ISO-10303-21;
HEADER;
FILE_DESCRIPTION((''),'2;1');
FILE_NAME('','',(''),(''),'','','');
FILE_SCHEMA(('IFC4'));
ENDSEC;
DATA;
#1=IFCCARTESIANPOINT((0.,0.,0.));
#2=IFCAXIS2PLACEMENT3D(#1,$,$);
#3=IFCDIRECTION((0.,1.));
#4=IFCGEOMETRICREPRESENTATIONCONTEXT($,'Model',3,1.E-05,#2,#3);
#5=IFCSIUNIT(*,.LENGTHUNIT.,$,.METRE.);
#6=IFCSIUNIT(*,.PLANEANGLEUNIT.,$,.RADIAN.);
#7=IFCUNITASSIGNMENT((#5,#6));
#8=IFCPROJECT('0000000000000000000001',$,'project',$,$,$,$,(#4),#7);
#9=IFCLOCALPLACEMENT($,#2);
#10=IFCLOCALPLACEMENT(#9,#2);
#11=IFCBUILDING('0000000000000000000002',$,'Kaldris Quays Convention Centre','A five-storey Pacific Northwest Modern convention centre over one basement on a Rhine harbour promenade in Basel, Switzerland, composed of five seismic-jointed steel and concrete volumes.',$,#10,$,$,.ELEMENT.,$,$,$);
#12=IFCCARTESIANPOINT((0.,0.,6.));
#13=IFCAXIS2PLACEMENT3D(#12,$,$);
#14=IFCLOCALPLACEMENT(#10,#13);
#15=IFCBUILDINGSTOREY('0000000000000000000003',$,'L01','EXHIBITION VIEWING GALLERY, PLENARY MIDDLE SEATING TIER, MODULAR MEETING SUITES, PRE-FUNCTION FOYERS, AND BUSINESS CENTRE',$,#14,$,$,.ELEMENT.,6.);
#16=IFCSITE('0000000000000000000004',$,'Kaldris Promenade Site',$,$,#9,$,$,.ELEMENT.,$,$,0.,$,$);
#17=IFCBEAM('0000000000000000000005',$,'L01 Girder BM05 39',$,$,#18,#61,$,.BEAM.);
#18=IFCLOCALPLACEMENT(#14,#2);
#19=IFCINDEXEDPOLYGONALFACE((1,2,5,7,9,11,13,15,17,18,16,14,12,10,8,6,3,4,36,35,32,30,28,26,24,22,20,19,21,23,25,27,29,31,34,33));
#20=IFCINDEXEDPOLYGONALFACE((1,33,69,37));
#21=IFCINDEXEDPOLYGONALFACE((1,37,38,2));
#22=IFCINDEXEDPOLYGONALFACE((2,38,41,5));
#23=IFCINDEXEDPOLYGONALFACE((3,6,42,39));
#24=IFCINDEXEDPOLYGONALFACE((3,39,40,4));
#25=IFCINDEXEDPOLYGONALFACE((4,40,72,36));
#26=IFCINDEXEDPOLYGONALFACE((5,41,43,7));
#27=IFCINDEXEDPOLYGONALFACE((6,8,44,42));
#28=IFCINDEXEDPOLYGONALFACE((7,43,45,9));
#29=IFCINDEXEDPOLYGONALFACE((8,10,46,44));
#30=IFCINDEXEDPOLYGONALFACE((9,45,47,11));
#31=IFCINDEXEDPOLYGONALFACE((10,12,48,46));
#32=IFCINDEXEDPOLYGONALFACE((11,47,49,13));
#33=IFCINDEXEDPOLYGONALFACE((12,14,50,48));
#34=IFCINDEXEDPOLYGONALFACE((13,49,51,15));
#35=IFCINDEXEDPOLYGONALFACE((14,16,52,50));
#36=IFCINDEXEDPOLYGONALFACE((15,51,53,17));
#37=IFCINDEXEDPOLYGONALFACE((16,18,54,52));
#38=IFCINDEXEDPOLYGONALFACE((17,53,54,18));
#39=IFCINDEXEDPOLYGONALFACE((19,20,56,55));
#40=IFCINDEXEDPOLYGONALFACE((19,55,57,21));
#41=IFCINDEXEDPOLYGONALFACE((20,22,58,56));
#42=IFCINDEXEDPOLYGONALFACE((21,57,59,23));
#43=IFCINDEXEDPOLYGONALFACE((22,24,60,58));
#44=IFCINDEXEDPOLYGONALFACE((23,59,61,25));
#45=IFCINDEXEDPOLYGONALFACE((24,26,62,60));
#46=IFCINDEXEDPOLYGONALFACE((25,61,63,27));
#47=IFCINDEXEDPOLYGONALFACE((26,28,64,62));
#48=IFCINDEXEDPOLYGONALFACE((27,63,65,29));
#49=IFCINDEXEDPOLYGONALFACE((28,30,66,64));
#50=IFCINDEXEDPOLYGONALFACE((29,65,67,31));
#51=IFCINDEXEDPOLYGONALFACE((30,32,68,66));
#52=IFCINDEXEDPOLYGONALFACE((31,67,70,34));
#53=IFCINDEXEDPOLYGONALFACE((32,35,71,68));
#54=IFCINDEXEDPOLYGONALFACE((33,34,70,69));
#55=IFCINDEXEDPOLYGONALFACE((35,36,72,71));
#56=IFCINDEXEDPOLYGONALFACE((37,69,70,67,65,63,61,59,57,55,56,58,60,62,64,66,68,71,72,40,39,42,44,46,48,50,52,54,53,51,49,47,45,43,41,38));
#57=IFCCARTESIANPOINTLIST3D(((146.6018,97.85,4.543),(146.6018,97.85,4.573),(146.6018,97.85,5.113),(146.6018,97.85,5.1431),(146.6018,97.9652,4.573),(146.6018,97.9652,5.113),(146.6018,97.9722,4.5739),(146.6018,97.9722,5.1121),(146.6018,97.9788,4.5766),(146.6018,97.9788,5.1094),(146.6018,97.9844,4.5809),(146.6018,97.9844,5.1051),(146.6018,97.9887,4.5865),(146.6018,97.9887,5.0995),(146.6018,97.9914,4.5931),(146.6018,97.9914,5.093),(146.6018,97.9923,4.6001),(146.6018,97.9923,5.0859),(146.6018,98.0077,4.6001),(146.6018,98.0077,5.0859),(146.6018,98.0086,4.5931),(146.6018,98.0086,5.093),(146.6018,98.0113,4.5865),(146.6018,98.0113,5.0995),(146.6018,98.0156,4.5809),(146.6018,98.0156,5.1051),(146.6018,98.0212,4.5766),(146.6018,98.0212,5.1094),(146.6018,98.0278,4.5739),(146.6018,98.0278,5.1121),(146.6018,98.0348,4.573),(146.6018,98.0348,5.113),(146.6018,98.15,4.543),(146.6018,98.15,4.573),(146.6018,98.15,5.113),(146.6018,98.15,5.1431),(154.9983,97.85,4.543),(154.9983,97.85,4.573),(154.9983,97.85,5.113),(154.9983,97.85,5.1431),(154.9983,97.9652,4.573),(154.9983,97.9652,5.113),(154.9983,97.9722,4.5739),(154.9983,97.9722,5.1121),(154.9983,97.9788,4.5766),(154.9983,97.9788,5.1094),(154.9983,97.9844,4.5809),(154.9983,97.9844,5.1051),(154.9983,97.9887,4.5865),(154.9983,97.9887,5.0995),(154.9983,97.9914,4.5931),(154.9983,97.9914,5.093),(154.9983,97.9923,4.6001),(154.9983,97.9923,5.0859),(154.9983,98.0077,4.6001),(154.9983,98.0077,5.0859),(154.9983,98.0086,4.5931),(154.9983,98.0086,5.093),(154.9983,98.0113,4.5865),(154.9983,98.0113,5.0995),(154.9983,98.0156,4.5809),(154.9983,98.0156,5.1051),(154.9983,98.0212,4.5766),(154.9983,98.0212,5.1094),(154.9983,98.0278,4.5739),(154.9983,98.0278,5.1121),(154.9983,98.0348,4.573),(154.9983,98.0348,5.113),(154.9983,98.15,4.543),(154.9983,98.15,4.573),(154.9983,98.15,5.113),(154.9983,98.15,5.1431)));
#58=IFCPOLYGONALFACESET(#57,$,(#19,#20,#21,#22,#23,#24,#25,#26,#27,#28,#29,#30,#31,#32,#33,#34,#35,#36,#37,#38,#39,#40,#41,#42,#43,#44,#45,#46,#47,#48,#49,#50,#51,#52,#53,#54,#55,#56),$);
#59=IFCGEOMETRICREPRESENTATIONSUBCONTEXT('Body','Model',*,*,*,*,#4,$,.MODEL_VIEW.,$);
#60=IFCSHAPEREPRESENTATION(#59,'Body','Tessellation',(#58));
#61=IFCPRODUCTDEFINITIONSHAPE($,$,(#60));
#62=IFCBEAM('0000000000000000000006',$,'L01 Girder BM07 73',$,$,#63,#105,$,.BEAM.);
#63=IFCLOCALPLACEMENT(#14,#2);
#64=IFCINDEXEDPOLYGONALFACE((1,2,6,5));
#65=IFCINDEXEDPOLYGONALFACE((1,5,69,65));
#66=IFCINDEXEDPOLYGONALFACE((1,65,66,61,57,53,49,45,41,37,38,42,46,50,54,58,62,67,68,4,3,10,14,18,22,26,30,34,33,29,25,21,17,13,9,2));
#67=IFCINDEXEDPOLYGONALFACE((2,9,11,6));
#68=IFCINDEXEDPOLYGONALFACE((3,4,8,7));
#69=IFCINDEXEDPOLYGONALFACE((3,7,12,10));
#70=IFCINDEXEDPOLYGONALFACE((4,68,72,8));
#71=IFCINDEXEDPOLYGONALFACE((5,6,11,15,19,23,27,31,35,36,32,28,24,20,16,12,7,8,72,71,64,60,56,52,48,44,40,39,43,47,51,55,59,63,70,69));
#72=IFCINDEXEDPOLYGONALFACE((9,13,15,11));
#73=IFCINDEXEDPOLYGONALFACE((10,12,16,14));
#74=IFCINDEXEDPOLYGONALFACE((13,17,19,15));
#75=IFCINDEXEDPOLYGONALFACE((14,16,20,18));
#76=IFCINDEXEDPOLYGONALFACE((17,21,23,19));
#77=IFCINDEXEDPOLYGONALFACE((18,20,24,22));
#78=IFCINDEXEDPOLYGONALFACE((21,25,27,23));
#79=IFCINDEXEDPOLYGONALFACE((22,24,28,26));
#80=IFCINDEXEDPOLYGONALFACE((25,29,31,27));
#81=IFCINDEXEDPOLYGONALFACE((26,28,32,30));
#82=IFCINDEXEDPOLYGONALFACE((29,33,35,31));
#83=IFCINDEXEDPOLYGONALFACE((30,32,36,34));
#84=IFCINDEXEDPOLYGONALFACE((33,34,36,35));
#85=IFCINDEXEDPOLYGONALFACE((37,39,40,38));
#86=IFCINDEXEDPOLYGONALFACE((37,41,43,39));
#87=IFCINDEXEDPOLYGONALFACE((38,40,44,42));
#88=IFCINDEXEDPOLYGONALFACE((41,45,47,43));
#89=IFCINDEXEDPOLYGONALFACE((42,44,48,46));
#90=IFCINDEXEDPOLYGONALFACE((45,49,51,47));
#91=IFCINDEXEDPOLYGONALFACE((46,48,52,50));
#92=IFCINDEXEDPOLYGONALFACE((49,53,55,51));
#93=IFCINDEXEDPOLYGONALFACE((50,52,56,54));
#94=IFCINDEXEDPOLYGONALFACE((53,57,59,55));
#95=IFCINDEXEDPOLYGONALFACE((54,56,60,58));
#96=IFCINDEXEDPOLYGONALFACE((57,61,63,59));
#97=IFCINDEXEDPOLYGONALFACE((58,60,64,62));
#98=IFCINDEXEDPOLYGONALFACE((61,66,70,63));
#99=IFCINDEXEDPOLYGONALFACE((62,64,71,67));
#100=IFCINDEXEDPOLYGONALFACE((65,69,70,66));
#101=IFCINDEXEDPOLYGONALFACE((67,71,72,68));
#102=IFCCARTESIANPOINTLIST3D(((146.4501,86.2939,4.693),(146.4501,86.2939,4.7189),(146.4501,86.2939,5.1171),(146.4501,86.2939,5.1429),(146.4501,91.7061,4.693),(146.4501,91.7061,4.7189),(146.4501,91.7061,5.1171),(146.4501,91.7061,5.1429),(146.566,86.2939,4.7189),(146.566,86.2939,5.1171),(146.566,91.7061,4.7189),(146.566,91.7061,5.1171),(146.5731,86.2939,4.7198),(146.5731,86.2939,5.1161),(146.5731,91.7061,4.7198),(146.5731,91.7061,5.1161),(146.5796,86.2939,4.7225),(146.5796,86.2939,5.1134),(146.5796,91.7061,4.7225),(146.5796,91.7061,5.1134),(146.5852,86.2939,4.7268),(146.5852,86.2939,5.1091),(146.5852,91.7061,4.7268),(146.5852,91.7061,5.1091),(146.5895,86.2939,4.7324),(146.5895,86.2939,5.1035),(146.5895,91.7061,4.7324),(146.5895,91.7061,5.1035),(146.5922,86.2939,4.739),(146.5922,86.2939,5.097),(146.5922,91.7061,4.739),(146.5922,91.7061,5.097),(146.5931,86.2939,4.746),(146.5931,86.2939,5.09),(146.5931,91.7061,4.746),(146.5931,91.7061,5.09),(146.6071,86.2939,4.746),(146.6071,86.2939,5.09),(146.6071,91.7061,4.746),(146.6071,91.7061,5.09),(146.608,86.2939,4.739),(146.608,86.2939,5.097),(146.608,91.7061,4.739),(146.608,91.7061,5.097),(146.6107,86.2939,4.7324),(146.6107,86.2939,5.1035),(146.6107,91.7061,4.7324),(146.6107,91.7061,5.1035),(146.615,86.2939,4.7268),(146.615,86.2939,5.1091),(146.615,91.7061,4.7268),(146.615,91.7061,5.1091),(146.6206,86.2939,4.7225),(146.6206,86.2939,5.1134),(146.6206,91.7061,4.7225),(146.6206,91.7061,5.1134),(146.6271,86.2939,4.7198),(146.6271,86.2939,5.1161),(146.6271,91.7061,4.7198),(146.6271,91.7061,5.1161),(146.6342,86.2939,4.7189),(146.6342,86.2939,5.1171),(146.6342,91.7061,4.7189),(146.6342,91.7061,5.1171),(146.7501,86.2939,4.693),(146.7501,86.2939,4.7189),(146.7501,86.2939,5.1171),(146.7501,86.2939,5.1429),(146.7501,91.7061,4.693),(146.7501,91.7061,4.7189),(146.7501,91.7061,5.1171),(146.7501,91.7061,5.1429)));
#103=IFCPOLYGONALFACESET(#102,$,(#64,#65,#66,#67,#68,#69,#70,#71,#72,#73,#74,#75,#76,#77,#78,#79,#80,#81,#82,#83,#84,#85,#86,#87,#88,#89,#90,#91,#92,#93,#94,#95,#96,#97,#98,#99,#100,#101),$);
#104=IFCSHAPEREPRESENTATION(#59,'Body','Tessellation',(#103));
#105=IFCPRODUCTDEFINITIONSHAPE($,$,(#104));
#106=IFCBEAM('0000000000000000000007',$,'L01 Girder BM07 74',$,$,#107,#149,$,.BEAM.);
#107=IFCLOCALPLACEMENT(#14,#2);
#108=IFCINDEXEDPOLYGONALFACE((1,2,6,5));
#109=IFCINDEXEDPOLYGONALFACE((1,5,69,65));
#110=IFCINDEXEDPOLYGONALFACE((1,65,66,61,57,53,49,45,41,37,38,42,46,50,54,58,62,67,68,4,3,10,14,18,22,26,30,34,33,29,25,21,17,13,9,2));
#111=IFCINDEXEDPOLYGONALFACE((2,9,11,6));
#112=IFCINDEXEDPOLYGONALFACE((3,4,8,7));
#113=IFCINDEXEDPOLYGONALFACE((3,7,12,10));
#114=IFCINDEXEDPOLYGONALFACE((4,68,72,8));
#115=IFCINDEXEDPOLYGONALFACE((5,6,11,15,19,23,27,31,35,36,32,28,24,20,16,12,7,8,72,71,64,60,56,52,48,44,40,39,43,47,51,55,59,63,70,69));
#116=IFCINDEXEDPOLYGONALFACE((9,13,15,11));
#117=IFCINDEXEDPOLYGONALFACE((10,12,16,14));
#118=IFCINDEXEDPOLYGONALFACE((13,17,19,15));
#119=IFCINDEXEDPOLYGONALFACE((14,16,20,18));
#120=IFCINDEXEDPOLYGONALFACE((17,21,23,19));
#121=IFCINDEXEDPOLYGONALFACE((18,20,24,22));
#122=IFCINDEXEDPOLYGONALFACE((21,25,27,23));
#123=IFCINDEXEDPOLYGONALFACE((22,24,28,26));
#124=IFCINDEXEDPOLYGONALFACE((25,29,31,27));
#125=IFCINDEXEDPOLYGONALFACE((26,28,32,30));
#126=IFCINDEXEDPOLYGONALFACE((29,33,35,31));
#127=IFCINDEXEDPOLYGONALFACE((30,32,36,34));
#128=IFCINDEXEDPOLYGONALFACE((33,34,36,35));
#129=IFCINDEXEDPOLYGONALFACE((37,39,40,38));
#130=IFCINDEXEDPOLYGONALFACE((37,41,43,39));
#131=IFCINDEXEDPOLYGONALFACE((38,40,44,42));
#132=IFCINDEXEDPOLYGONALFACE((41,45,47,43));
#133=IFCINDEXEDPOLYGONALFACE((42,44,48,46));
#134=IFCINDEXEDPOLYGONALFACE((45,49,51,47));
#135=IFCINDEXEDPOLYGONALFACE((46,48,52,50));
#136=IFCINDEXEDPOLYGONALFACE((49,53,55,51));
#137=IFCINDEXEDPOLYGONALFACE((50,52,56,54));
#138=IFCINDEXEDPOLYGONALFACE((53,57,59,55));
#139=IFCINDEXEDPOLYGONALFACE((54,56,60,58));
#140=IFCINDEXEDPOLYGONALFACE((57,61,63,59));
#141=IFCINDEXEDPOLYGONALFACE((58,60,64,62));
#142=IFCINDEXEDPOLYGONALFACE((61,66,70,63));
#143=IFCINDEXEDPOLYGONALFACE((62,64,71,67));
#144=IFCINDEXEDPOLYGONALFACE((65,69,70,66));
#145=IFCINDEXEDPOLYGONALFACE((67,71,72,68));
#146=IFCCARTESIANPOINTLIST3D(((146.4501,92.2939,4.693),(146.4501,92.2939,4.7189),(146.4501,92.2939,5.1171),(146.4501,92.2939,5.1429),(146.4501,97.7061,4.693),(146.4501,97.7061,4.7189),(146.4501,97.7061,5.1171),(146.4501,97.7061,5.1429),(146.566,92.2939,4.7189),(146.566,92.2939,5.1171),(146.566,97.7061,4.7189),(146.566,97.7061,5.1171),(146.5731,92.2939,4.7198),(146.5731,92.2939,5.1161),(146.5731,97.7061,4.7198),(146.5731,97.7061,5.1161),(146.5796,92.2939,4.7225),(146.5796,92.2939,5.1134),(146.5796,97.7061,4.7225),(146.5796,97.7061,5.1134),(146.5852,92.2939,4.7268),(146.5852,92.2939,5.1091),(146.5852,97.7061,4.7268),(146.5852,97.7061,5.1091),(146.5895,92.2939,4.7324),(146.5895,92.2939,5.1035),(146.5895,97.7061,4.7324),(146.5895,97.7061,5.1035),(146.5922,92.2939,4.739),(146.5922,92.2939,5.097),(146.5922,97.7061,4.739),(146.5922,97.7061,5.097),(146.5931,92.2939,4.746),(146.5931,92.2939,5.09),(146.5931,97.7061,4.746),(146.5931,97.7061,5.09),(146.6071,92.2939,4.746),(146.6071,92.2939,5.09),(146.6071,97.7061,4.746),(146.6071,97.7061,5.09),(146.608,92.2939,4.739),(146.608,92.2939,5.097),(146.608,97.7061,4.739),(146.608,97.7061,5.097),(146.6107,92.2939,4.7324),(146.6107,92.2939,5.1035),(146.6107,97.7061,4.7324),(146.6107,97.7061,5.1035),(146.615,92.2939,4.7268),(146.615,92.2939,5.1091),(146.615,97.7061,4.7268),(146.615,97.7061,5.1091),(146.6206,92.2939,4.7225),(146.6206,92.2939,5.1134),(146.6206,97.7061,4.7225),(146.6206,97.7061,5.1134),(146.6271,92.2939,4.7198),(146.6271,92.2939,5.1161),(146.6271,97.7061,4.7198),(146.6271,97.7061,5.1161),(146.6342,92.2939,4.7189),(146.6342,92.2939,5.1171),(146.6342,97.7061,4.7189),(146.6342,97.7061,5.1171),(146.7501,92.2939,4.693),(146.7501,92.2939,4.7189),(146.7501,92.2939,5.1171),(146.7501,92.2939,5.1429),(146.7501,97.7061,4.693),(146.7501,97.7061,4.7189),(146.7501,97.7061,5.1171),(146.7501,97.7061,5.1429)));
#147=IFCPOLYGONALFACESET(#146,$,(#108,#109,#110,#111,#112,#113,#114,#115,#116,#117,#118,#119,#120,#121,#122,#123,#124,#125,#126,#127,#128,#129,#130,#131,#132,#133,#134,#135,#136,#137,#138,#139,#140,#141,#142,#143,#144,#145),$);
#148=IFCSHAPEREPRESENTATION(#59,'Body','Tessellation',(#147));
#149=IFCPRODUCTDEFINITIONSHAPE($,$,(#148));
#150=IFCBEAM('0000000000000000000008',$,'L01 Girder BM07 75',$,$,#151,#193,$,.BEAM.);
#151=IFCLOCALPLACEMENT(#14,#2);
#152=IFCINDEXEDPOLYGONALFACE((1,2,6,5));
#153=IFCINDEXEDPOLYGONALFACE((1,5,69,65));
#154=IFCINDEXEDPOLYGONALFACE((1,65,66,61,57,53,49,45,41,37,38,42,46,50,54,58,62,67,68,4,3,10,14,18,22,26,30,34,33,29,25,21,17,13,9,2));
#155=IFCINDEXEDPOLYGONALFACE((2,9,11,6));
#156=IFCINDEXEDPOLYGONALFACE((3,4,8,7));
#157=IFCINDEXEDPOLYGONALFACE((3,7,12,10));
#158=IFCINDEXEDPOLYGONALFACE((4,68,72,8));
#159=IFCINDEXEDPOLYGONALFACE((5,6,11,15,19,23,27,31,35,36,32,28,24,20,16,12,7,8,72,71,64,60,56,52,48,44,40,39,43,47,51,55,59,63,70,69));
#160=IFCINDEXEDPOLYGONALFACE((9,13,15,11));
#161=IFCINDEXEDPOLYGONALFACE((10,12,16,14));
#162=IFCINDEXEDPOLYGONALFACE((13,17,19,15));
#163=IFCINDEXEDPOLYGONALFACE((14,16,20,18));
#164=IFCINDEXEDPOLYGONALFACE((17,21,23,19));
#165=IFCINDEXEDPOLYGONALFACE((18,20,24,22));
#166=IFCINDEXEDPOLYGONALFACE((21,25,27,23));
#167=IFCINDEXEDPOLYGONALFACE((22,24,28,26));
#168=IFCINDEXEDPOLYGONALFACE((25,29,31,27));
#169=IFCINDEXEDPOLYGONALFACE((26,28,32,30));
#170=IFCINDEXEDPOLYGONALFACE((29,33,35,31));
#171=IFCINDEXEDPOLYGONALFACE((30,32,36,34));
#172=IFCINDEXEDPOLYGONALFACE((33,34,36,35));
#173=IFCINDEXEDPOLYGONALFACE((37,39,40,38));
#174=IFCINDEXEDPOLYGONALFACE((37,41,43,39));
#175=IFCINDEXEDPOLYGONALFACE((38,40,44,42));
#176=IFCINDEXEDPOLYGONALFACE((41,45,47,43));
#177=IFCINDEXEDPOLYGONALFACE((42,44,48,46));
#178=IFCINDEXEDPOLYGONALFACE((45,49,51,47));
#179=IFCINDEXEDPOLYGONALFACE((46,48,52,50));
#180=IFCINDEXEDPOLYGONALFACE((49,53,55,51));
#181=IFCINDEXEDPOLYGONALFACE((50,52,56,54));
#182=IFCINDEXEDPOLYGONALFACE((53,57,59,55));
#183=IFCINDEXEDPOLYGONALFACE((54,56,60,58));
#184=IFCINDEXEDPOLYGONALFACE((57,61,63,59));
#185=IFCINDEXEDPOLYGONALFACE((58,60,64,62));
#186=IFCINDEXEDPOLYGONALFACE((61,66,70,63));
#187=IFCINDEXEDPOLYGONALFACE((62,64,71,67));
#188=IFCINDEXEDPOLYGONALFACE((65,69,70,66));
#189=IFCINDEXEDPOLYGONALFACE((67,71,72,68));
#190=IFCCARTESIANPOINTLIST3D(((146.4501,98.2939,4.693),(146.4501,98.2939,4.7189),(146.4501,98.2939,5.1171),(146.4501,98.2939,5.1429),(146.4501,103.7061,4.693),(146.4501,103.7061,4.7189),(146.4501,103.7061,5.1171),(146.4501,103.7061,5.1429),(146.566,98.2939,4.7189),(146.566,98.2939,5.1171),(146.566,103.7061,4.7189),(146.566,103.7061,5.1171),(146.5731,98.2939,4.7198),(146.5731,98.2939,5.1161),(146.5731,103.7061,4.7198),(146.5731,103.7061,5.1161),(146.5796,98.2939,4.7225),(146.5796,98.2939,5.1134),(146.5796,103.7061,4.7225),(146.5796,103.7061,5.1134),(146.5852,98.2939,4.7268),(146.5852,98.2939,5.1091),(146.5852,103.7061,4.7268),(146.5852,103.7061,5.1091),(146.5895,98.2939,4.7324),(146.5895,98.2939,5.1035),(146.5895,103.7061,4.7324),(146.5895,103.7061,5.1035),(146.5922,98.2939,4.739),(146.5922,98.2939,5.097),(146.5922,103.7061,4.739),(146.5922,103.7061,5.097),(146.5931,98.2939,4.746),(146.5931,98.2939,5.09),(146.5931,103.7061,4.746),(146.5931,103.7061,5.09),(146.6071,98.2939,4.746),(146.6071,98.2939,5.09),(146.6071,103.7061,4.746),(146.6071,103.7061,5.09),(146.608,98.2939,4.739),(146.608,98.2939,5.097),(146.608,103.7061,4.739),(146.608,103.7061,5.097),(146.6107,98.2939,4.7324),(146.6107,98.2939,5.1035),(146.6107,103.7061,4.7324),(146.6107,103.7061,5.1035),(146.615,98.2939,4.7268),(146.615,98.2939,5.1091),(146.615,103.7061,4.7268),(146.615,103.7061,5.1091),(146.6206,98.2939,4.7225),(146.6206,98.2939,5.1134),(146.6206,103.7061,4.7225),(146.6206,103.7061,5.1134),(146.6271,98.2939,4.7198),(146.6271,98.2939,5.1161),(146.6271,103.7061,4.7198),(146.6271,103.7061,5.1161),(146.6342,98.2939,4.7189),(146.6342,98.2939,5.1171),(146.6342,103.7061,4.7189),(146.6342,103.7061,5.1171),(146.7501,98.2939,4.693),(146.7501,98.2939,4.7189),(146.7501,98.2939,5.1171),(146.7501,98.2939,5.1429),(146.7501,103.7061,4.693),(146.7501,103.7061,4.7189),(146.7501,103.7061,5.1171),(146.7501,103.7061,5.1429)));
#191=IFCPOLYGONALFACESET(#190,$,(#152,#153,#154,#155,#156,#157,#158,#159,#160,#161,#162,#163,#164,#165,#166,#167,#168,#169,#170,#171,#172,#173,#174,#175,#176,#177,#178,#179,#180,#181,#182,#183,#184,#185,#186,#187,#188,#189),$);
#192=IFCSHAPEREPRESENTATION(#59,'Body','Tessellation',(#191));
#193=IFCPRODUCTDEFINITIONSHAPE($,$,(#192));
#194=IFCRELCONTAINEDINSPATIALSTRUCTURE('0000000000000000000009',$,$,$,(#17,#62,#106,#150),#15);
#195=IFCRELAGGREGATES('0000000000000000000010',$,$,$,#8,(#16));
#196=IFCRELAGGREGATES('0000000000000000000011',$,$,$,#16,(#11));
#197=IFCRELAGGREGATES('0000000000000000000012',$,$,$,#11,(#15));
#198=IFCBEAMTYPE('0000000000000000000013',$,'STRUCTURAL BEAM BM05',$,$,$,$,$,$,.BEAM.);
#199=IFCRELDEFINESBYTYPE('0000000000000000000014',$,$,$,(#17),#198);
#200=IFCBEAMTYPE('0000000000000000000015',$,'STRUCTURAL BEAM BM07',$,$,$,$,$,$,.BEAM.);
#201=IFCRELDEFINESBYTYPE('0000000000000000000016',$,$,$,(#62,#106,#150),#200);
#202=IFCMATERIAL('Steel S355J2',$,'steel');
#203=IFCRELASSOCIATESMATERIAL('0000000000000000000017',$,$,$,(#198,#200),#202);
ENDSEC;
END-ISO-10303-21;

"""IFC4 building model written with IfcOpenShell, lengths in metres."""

from ifc_helpers import new_model, si_unit, direction, frame, origin, origin_2d, place, context, subcontext, project, spatial, i_section, extrude, material, material_profile, profile_set, type_object, element, save


model = new_model("IFC4")

# Units and contexts
model_context = context("Model", 3, precision=1e-05, world=origin(), true_north=direction((0.0, 1.0)))
body_context = subcontext(model_context, "Body", "Model", "MODEL_VIEW")
ifc_project = project(units=[si_unit("LENGTHUNIT", "METRE"), si_unit("PLANEANGLEUNIT", "RADIAN")], contexts=[model_context])

# Site, building, storey
site_placement = place(None, origin())
site = spatial("IfcSite", under=ifc_project, at=site_placement, Name="Kaldris Promenade Site", CompositionType="ELEMENT", RefElevation=0.0)
building_placement = place(site_placement, origin())
building = spatial("IfcBuilding", under=site, at=building_placement, Name="Kaldris Quays Convention Centre", Description="A five-storey Pacific Northwest Modern convention centre over one basement on a Rhine harbour promenade in Basel, Switzerland, composed of five seismic-jointed steel and concrete volumes.", CompositionType="ELEMENT")
storey_placement = place(building_placement, frame((0.0, 0.0, 6.0)))
storey = spatial("IfcBuildingStorey", under=building, at=storey_placement, Name="L01", Description="EXHIBITION VIEWING GALLERY, PLENARY MIDDLE SEATING TIER, MODULAR MEETING SUITES, PRE-FUNCTION FOYERS, AND BUSINESS CENTRE", CompositionType="ELEMENT", Elevation=6.0)

# Shared definitions
ifc_material_1 = material(Name="Steel S355J2", Category="steel")

# Beams
ifc_material_profile_1 = material_profile(ifc_material_1, i_section(OverallWidth=0.3, OverallDepth=0.6001, WebThickness=0.0154, FlangeThickness=0.03, FilletRadius=0.0271, at=origin_2d()), Name="HEB 600")
ifc_profile_set_1 = profile_set([ifc_material_profile_1], Name="Steel S355J2")
beam_type_1 = type_object("IfcBeamType", Name="STRUCTURAL BEAM BM05", PredefinedType="BEAM", material=ifc_profile_set_1)
for number, where, z_axis, x_axis, name in (
    (1, (146.6018, 98.0, 4.843), (1.0, 0.0, 0.0), (0.0, 1.0, 0.0), "L01 Girder BM05 39"),
):
    element("IfcBeam", number, at=place(storey_placement, frame(where, z_axis=z_axis, x_axis=x_axis)), inside=storey, type_object=beam_type_1, Name=name, PredefinedType="BEAM", context=body_context, shape_type="SweptSolid", body=[
        extrude(i_section(OverallWidth=0.3, OverallDepth=0.6001, WebThickness=0.0154, FlangeThickness=0.03, FilletRadius=0.0271, at=origin_2d()), origin(), (0.0, 0.0, 1.0), 8.3965),
    ])
ifc_material_profile_2 = material_profile(ifc_material_1, i_section(OverallWidth=0.3, OverallDepth=0.45, WebThickness=0.0139, FlangeThickness=0.0259, FilletRadius=0.0271, at=origin_2d()), Name="HEB 450")
ifc_profile_set_2 = profile_set([ifc_material_profile_2], Name="Steel S355J2")
beam_type_2 = type_object("IfcBeamType", Name="STRUCTURAL BEAM BM07", PredefinedType="BEAM", material=ifc_profile_set_2)
for number, where, z_axis, x_axis, name in (
    (2, (146.6001, 86.2939, 4.918), (0.0, 1.0, 0.0), (-1.0, 0.0, 0.0), "L01 Girder BM07 73"),
    (3, (146.6001, 92.2939, 4.918), (0.0, 1.0, 0.0), (-1.0, 0.0, 0.0), "L01 Girder BM07 74"),
    (4, (146.6001, 98.2939, 4.918), (0.0, 1.0, 0.0), (-1.0, 0.0, 0.0), "L01 Girder BM07 75"),
):
    element("IfcBeam", number, at=place(storey_placement, frame(where, z_axis=z_axis, x_axis=x_axis)), inside=storey, type_object=beam_type_2, Name=name, PredefinedType="BEAM", context=body_context, shape_type="SweptSolid", body=[
        extrude(i_section(OverallWidth=0.3, OverallDepth=0.45, WebThickness=0.0139, FlangeThickness=0.0259, FilletRadius=0.0271, at=origin_2d()), origin(), (0.0, 0.0, 1.0), 5.4121),
    ])

save(model, "model.ifc")
